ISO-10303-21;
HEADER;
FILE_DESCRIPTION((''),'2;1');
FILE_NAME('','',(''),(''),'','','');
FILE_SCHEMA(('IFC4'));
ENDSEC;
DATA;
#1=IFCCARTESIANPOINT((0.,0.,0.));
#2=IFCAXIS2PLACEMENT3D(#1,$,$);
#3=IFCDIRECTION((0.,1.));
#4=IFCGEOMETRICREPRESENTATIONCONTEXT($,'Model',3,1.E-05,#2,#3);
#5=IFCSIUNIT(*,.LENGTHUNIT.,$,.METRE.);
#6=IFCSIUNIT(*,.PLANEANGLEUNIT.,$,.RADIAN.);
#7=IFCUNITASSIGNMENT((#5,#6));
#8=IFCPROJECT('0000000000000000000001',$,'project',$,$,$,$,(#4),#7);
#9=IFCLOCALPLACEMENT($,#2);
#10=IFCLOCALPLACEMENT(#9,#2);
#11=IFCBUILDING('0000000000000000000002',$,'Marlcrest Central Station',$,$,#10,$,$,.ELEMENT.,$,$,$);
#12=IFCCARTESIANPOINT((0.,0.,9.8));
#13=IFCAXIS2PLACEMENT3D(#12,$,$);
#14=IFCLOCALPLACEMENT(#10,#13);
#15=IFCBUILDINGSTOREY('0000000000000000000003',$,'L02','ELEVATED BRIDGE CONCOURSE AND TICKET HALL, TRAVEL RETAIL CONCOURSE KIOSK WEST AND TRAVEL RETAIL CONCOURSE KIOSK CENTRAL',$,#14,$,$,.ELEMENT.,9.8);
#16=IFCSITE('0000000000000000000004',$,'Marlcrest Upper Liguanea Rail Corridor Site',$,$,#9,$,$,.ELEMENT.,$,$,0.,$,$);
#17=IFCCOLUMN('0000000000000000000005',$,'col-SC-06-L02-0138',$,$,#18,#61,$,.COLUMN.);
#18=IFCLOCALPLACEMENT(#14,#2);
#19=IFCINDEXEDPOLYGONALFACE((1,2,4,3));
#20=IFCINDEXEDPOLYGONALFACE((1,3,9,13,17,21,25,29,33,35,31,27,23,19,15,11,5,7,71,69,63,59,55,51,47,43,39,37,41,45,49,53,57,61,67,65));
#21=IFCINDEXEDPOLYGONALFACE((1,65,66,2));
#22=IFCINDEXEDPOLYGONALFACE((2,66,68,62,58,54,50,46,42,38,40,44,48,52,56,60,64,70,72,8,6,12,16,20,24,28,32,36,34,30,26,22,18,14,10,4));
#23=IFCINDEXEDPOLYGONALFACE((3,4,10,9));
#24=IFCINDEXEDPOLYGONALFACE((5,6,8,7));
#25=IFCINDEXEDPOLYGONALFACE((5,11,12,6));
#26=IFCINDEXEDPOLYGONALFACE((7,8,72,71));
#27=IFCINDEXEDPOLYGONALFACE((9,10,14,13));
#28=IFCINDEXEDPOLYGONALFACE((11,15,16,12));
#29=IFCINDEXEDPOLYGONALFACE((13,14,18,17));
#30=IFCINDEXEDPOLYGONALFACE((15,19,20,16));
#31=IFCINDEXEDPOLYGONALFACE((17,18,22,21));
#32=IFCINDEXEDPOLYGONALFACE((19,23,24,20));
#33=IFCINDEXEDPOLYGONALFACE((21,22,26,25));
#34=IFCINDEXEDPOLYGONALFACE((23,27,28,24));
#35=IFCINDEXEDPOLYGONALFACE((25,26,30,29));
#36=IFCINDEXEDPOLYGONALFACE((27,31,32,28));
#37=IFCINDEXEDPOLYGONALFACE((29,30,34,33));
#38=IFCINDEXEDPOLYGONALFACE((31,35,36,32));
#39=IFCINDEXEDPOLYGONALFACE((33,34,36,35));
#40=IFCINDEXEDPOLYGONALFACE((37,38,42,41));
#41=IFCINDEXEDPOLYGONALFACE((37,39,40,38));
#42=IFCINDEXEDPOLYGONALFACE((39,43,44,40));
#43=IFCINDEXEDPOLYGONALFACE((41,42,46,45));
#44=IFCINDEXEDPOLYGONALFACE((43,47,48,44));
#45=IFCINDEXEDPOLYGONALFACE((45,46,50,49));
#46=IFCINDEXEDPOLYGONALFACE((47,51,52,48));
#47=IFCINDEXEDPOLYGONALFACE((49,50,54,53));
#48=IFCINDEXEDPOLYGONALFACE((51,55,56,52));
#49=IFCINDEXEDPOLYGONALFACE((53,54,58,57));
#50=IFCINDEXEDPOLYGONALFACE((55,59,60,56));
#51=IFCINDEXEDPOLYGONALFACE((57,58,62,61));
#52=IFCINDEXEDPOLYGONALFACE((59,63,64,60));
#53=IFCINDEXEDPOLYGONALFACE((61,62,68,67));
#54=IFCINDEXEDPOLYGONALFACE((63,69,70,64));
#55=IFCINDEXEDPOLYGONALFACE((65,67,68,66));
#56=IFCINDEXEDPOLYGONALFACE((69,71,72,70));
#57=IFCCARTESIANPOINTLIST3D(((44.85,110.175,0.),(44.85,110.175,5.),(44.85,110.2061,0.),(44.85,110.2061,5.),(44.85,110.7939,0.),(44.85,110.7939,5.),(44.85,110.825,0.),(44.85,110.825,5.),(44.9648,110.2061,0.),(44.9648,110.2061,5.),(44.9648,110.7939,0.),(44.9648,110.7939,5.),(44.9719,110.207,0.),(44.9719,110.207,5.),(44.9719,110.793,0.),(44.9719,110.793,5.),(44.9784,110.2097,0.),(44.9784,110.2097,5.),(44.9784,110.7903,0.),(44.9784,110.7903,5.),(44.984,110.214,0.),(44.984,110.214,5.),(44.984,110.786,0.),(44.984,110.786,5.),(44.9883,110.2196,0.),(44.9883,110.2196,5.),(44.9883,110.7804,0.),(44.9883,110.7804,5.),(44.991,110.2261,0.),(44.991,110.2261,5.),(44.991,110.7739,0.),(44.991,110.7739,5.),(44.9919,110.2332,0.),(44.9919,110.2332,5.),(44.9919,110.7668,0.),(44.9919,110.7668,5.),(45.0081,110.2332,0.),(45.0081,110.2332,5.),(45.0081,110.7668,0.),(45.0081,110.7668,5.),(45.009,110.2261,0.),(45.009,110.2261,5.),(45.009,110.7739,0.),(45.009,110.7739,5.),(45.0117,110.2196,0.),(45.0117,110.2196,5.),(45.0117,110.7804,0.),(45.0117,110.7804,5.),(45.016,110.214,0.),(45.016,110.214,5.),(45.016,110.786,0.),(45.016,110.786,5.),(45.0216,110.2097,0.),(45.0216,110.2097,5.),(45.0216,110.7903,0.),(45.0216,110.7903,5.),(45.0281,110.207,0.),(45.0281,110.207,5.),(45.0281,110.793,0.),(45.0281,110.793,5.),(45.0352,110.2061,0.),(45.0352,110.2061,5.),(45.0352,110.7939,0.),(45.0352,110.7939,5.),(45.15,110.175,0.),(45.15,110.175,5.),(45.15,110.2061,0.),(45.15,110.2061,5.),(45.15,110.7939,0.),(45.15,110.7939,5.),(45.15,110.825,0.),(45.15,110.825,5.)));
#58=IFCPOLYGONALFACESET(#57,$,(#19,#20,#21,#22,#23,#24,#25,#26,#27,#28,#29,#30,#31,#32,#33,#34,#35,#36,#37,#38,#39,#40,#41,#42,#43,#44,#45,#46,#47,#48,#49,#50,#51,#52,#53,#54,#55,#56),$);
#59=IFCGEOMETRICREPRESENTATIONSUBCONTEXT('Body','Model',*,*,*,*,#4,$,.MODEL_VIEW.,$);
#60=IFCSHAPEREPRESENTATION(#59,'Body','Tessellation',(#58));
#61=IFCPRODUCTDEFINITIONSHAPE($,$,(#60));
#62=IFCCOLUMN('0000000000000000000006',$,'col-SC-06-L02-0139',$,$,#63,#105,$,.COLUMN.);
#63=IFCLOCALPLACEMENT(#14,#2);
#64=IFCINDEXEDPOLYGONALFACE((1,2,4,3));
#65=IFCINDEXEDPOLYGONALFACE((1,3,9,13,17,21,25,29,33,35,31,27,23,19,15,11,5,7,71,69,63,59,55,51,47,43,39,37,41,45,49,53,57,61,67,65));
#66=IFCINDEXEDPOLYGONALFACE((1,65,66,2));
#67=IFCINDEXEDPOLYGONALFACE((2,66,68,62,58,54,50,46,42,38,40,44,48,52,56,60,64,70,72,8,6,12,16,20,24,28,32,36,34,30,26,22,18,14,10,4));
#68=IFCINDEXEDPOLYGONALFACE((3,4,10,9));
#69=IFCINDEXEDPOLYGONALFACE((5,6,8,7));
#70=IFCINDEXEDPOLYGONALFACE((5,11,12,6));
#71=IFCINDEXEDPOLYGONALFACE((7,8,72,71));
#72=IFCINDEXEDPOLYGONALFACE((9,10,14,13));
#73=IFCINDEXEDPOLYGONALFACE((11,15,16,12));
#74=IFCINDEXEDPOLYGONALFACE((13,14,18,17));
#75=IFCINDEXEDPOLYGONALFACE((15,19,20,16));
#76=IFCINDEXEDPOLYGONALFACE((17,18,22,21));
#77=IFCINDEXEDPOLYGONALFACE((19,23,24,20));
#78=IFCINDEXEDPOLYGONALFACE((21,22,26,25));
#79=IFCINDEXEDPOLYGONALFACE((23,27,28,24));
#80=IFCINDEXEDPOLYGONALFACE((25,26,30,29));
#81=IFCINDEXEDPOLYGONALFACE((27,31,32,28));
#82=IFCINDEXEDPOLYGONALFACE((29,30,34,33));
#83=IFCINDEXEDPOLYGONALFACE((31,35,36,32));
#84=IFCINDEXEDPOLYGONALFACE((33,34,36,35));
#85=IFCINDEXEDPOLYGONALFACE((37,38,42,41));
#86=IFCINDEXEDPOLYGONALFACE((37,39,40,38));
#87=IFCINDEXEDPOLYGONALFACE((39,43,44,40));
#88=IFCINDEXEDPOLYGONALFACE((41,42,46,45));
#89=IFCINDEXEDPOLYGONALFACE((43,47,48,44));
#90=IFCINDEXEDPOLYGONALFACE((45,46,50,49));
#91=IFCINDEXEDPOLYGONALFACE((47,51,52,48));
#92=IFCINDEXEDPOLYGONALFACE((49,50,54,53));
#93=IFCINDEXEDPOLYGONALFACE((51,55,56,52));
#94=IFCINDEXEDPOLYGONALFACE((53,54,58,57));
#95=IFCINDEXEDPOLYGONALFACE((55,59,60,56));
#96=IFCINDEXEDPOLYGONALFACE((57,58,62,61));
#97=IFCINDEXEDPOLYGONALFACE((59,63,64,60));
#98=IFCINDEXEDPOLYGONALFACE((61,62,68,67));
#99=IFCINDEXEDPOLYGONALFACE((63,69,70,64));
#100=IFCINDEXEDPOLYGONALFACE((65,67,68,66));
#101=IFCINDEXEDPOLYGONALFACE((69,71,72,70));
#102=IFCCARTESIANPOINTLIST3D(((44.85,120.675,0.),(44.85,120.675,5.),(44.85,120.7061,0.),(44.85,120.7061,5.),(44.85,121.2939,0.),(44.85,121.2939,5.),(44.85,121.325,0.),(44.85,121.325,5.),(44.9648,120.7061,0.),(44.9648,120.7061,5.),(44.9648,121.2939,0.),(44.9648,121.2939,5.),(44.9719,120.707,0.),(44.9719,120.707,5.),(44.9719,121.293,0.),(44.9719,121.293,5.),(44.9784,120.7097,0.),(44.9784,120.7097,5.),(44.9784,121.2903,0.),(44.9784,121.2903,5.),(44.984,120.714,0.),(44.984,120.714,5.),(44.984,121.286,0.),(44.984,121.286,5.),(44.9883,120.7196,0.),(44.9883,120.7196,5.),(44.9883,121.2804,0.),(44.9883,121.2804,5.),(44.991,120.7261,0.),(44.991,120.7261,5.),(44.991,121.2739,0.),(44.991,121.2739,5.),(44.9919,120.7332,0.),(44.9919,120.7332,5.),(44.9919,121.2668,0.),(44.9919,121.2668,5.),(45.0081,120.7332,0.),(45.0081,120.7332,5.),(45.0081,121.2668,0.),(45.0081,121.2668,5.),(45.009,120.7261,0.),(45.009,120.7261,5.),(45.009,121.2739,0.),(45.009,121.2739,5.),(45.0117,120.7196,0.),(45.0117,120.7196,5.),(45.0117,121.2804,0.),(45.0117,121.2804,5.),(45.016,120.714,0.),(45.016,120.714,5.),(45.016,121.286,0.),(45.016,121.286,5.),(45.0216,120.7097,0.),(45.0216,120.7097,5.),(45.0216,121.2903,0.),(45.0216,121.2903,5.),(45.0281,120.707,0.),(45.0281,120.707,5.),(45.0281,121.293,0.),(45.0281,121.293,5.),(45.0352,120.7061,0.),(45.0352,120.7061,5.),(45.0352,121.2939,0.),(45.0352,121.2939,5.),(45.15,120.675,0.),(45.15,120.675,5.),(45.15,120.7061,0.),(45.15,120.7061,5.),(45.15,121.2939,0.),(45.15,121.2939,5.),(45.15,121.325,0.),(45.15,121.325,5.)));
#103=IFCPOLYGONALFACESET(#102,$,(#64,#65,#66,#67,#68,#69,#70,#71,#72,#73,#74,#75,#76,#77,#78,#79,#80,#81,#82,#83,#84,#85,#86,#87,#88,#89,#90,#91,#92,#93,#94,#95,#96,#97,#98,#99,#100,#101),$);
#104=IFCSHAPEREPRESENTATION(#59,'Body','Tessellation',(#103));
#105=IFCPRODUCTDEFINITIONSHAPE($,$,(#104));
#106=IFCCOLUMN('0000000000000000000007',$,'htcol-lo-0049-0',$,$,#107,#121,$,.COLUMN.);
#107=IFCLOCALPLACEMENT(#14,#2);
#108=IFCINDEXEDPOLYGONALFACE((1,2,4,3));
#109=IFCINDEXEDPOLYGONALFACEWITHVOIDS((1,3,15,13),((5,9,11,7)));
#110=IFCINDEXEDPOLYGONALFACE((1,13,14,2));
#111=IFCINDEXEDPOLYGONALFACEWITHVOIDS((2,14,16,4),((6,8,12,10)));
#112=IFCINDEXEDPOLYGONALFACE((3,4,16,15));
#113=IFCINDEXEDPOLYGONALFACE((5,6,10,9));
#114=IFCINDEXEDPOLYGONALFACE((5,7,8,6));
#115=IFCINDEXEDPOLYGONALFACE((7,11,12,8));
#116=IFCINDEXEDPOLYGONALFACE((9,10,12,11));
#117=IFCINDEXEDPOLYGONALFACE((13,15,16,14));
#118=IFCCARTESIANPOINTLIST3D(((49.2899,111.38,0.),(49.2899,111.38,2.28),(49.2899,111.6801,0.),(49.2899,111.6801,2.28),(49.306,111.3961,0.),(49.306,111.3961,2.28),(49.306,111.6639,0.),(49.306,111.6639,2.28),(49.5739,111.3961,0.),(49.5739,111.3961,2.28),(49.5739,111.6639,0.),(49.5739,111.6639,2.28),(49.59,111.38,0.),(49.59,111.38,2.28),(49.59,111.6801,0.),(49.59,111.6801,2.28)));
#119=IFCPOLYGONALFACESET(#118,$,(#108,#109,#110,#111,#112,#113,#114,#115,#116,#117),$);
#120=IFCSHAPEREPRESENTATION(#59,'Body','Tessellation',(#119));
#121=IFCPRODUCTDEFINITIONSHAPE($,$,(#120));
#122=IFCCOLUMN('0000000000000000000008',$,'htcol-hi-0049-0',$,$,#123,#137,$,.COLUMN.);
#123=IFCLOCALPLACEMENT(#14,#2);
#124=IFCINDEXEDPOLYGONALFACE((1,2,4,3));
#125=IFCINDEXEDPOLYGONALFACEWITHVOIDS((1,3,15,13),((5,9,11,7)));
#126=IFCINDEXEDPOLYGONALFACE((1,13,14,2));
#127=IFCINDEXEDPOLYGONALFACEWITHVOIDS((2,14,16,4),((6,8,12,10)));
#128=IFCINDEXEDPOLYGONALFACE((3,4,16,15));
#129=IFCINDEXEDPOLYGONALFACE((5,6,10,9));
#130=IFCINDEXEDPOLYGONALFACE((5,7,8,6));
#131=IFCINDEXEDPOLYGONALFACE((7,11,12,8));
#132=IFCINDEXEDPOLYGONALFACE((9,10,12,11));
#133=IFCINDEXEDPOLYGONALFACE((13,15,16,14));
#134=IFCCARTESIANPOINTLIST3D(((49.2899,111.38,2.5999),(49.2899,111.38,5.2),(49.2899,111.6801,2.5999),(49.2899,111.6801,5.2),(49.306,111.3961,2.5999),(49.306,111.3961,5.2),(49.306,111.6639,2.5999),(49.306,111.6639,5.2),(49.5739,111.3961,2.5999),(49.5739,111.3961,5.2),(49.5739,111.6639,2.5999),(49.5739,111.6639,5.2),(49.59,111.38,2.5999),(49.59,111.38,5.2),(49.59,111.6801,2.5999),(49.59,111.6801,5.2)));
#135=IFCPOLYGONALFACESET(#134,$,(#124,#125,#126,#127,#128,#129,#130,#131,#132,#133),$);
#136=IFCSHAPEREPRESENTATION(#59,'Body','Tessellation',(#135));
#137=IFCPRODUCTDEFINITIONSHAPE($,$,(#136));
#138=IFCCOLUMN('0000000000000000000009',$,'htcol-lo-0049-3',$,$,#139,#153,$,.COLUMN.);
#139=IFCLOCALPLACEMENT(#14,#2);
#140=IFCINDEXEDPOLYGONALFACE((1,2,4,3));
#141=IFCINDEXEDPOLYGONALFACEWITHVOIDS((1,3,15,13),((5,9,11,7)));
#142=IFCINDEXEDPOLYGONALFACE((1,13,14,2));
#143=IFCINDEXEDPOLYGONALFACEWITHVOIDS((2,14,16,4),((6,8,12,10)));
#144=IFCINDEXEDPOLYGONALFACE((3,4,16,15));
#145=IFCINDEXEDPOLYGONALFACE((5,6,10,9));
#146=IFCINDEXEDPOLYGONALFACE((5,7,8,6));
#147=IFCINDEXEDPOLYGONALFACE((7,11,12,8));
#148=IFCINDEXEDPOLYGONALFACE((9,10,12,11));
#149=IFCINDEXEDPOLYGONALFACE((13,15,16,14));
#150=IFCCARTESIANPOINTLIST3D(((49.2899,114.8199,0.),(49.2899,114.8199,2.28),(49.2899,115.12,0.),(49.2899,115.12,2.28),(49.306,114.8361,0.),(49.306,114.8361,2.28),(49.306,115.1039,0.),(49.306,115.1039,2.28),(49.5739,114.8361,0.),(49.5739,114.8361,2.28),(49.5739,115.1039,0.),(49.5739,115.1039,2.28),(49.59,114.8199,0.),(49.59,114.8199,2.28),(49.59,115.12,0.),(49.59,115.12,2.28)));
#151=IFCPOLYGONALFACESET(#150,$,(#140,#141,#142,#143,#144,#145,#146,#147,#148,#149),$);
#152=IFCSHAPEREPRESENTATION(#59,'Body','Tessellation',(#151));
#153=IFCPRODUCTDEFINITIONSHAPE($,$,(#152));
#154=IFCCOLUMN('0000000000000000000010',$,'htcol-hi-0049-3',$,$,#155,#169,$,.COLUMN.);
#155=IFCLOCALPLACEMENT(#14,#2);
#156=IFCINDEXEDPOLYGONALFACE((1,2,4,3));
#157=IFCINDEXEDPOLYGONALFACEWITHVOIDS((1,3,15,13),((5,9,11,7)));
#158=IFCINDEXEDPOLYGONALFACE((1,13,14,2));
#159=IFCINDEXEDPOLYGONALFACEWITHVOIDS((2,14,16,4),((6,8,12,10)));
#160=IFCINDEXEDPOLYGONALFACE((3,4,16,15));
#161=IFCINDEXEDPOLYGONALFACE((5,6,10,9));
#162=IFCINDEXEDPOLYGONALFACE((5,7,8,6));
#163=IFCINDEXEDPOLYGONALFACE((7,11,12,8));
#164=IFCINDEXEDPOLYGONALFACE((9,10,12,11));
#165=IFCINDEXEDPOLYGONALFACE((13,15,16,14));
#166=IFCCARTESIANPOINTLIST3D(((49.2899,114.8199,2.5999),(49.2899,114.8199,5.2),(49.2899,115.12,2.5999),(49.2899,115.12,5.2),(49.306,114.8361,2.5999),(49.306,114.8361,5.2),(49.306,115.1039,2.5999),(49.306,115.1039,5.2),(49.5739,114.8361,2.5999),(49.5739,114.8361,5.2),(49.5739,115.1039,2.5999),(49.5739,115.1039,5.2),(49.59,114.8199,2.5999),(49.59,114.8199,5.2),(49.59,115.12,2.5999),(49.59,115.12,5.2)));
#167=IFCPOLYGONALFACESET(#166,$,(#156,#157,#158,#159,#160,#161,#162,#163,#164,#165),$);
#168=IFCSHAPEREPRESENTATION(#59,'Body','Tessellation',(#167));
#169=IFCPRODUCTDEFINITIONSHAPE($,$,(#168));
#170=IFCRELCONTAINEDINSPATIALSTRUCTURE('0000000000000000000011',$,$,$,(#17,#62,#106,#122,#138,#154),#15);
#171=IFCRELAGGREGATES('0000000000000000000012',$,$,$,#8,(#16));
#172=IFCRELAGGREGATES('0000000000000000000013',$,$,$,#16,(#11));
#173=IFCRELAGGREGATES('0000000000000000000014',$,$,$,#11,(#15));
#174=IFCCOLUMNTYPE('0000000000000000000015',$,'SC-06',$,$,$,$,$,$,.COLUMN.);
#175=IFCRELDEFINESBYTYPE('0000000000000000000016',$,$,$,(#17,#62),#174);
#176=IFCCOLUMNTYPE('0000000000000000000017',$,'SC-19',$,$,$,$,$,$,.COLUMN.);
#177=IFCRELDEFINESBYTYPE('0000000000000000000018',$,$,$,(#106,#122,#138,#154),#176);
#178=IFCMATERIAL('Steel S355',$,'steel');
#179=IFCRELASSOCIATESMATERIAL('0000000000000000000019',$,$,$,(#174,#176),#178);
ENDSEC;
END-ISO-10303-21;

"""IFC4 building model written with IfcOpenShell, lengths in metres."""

from ifc_helpers import new_model, si_unit, direction, frame, origin, origin_2d, place, context, subcontext, project, spatial, hollow_rectangle, i_section, extrude, material, material_profile, profile_set, type_object, element, save


model = new_model("IFC4")

# Units and contexts
model_context = context("Model", 3, precision=1e-05, world=origin(), true_north=direction((0.0, 1.0)))
body_context = subcontext(model_context, "Body", "Model", "MODEL_VIEW")
ifc_project = project(units=[si_unit("LENGTHUNIT", "METRE"), si_unit("PLANEANGLEUNIT", "RADIAN")], contexts=[model_context])

# Site, building, storey
site_placement = place(None, origin())
site = spatial("IfcSite", under=ifc_project, at=site_placement, Name="Marlcrest Upper Liguanea Rail Corridor Site", CompositionType="ELEMENT", RefElevation=0.0)
building_placement = place(site_placement, origin())
building = spatial("IfcBuilding", under=site, at=building_placement, Name="Marlcrest Central Station", CompositionType="ELEMENT")
storey_placement = place(building_placement, frame((0.0, 0.0, 9.8)))
storey = spatial("IfcBuildingStorey", under=building, at=storey_placement, Name="L02", Description="ELEVATED BRIDGE CONCOURSE AND TICKET HALL, TRAVEL RETAIL CONCOURSE KIOSK WEST AND TRAVEL RETAIL CONCOURSE KIOSK CENTRAL", CompositionType="ELEMENT", Elevation=9.8)

# Columns
ifc_material_1 = material(Name="Steel S355", Category="steel")
ifc_material_profile_1 = material_profile(ifc_material_1, i_section(OverallWidth=0.3, OverallDepth=0.6499, WebThickness=0.0161, FlangeThickness=0.031, FilletRadius=0.0271, at=origin_2d()), Name="HEB 650")
ifc_profile_set_1 = profile_set([ifc_material_profile_1], Name="Steel S355")
column_type_1 = type_object("IfcColumnType", Name="SC-06", PredefinedType="COLUMN", material=ifc_profile_set_1)
for number, where, z_axis, x_axis, name in (
    (1, (45.0, 110.5, 0.0), (0.0, 0.0, 1.0), (1.0, 0.0, 0.0), "col-SC-06-L02-0138"),
    (2, (45.0, 121.0, 0.0), (0.0, 0.0, 1.0), (1.0, 0.0, 0.0), "col-SC-06-L02-0139"),
):
    element("IfcColumn", number, at=place(storey_placement, frame(where, z_axis=z_axis, x_axis=x_axis)), inside=storey, type_object=column_type_1, Name=name, PredefinedType="COLUMN", context=body_context, shape_type="SweptSolid", body=[
        extrude(i_section(OverallWidth=0.3, OverallDepth=0.6499, WebThickness=0.0161, FlangeThickness=0.031, FilletRadius=0.0271, at=origin_2d()), origin(), (0.0, 0.0, 1.0), 5.0),
    ])
ifc_material_profile_2 = material_profile(ifc_material_1, hollow_rectangle(XDim=0.3, YDim=0.3, WallThickness=0.0161, at=origin_2d()), Name="SHS 300x300x16")
ifc_profile_set_2 = profile_set([ifc_material_profile_2], Name="Steel S355")
column_type_2 = type_object("IfcColumnType", Name="SC-19", PredefinedType="COLUMN", material=ifc_profile_set_2)
column_1_placement = place(storey_placement, frame((49.4399, 111.53, 0.0), z_axis=(0.0, 0.0, 1.0), x_axis=(1.0, 0.0, 0.0)))
element("IfcColumn", 3, at=column_1_placement, inside=storey, type_object=column_type_2, Name="htcol-lo-0049-0", PredefinedType="COLUMN", context=body_context, shape_type="SweptSolid", body=[
    extrude(hollow_rectangle(XDim=0.3, YDim=0.3, WallThickness=0.0161, at=origin_2d()), origin(), (0.0, 0.0, 1.0), 2.28),
])
column_2_placement = place(storey_placement, frame((49.4399, 111.53, 2.5999), z_axis=(0.0, 0.0, 1.0), x_axis=(1.0, 0.0, 0.0)))
element("IfcColumn", 4, at=column_2_placement, inside=storey, type_object=column_type_2, Name="htcol-hi-0049-0", PredefinedType="COLUMN", context=body_context, shape_type="SweptSolid", body=[
    extrude(hollow_rectangle(XDim=0.3, YDim=0.3, WallThickness=0.0161, at=origin_2d()), origin(), (0.0, 0.0, 1.0), 2.6001),
])
column_3_placement = place(storey_placement, frame((49.4399, 114.97, 0.0), z_axis=(0.0, 0.0, 1.0), x_axis=(1.0, 0.0, 0.0)))
element("IfcColumn", 5, at=column_3_placement, inside=storey, type_object=column_type_2, Name="htcol-lo-0049-3", PredefinedType="COLUMN", context=body_context, shape_type="SweptSolid", body=[
    extrude(hollow_rectangle(XDim=0.3, YDim=0.3, WallThickness=0.0161, at=origin_2d()), origin(), (0.0, 0.0, 1.0), 2.28),
])
column_4_placement = place(storey_placement, frame((49.4399, 114.97, 2.5999), z_axis=(0.0, 0.0, 1.0), x_axis=(1.0, 0.0, 0.0)))
element("IfcColumn", 6, at=column_4_placement, inside=storey, type_object=column_type_2, Name="htcol-hi-0049-3", PredefinedType="COLUMN", context=body_context, shape_type="SweptSolid", body=[
    extrude(hollow_rectangle(XDim=0.3, YDim=0.3, WallThickness=0.0161, at=origin_2d()), origin(), (0.0, 0.0, 1.0), 2.6001),
])

save(model, "model.ifc")
